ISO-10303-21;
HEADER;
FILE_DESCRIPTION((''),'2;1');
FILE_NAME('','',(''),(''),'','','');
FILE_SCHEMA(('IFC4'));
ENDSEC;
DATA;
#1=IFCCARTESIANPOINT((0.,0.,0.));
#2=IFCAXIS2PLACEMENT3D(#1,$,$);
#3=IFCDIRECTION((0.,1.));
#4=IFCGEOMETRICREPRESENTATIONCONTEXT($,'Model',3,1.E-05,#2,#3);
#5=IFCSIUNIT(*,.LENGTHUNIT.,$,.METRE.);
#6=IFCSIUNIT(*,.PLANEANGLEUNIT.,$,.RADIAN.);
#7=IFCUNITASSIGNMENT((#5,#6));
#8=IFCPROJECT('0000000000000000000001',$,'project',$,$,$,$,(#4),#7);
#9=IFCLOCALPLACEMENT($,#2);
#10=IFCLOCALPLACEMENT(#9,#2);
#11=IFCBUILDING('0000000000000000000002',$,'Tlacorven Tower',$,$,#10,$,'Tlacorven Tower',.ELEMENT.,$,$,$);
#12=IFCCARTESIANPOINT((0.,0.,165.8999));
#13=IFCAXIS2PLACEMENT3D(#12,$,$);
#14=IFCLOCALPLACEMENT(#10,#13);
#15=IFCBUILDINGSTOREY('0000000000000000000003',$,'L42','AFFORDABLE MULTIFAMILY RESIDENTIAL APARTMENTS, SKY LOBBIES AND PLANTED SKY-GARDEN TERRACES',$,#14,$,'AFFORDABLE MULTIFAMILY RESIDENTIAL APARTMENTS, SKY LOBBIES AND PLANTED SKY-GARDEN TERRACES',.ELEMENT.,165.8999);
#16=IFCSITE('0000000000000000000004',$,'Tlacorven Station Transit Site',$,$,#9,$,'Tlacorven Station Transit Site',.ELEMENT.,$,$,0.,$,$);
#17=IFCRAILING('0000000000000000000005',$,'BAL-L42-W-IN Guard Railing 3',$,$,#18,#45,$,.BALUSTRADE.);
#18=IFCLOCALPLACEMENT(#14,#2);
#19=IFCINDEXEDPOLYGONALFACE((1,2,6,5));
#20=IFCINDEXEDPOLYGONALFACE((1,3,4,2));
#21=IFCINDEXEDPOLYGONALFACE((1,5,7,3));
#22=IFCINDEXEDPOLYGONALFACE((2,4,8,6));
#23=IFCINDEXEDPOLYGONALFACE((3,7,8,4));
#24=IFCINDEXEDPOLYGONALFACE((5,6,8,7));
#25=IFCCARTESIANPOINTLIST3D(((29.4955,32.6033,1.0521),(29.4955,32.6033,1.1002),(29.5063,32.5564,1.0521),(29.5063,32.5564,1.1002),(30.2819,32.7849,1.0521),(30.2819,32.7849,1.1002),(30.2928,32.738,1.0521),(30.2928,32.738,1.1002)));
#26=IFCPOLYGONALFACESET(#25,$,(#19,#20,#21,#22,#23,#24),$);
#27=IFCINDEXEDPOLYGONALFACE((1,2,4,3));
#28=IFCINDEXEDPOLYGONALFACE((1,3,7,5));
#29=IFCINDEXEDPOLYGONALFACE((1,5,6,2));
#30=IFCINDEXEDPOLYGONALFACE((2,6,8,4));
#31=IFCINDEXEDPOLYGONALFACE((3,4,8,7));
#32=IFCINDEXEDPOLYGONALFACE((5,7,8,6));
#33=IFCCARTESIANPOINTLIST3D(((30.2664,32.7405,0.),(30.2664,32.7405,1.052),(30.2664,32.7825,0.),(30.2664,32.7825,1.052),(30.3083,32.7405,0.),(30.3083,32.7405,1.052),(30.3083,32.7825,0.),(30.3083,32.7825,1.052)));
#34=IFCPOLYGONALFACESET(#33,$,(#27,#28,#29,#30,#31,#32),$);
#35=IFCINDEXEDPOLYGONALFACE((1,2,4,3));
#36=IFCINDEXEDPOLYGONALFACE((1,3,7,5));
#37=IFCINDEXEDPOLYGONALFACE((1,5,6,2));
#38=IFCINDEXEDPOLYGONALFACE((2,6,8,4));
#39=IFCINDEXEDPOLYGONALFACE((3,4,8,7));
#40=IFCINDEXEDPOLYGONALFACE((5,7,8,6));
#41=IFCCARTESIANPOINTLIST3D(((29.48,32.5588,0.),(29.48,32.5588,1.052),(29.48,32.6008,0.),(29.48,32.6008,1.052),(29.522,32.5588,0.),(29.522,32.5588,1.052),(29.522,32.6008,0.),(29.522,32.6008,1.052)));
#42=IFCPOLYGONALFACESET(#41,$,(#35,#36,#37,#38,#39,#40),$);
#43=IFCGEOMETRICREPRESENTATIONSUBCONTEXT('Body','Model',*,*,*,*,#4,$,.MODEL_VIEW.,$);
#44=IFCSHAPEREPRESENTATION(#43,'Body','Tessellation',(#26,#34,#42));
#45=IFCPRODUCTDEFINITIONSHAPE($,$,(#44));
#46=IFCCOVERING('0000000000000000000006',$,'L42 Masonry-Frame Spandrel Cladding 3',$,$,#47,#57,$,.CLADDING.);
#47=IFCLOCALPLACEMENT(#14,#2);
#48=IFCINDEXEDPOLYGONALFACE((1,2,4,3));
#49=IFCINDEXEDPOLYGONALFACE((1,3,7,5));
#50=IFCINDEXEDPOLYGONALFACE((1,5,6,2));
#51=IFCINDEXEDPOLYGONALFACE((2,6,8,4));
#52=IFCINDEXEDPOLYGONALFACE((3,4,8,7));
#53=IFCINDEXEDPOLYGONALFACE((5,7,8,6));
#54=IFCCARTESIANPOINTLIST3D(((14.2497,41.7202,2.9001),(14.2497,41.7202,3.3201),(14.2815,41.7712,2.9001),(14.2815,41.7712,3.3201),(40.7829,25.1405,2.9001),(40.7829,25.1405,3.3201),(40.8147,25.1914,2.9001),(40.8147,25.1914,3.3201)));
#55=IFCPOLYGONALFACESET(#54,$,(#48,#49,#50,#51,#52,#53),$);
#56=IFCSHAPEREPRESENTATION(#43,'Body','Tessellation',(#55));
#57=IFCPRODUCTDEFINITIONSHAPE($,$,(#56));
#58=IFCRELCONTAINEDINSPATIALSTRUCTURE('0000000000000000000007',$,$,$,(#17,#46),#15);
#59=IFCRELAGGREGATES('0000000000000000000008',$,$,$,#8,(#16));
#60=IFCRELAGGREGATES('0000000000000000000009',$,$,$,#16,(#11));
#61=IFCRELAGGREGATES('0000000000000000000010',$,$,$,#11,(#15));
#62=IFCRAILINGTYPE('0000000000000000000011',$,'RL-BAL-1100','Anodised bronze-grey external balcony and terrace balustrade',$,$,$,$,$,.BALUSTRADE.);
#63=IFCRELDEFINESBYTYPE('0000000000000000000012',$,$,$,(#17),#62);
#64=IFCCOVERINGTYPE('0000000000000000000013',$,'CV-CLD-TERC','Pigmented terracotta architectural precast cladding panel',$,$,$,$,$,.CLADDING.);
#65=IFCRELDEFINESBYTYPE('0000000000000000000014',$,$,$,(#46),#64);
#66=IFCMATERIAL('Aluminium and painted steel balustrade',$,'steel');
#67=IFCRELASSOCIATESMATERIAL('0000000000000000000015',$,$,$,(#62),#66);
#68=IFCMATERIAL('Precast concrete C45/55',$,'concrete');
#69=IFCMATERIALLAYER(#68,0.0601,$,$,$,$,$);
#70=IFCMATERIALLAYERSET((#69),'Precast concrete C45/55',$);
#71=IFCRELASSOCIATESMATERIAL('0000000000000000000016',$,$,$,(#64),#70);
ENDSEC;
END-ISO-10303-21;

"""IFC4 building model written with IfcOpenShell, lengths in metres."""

from ifc_helpers import new_model, si_unit, direction, frame, origin, origin_2d, place, context, subcontext, project, spatial, rectangle, extrude, source, transform, mapped, material, layer, layer_set, type_object, element, save


model = new_model("IFC4")

# Units and contexts
model_context = context("Model", 3, precision=1e-05, world=origin(), true_north=direction((0.0, 1.0)))
body_context = subcontext(model_context, "Body", "Model", "MODEL_VIEW")
ifc_project = project(units=[si_unit("LENGTHUNIT", "METRE"), si_unit("PLANEANGLEUNIT", "RADIAN")], contexts=[model_context])

# Site, building, storey
site_placement = place(None, origin())
site = spatial("IfcSite", under=ifc_project, at=site_placement, Name="Tlacorven Station Transit Site", LongName="Tlacorven Station Transit Site", CompositionType="ELEMENT", RefElevation=0.0)
building_placement = place(site_placement, origin())
building = spatial("IfcBuilding", under=site, at=building_placement, Name="Tlacorven Tower", LongName="Tlacorven Tower", CompositionType="ELEMENT")
storey_placement = place(building_placement, frame((0.0, 0.0, 165.8999)))
storey = spatial("IfcBuildingStorey", under=building, at=storey_placement, Name="L42", Description="AFFORDABLE MULTIFAMILY RESIDENTIAL APARTMENTS, SKY LOBBIES AND PLANTED SKY-GARDEN TERRACES", LongName="AFFORDABLE MULTIFAMILY RESIDENTIAL APARTMENTS, SKY LOBBIES AND PLANTED SKY-GARDEN TERRACES", CompositionType="ELEMENT", Elevation=165.8999)

# Railing
ifc_material_1 = material(Name="Aluminium and painted steel balustrade", Category="steel")
railing_type = type_object("IfcRailingType", Name="RL-BAL-1100", Description="Anodised bronze-grey external balcony and terrace balustrade", PredefinedType="BALUSTRADE", material=ifc_material_1)
shared_shape_1 = source(origin(), body_context, "Body", "SweptSolid", [
    extrude(rectangle(XDim=0.0481, YDim=0.0481, at=origin_2d()), frame((0.0, 0.0, 1.0762), z_axis=(-0.974345, -0.225058, 0.0), x_axis=(0.225058, -0.974345, 0.0)), (0.0, 0.0, 1.0), 0.8071),
    extrude(rectangle(XDim=0.042, YDim=0.042, at=origin_2d()), origin(), (0.0, 0.0, 1.0), 1.052),
    extrude(rectangle(XDim=0.042, YDim=0.042, at=origin_2d()), frame((-0.7864, -0.1816, 0.0)), (0.0, 0.0, 1.0), 1.052),
])
railing_1_placement = place(storey_placement, frame((30.2874, 32.7615, 0.0)))
element("IfcRailing", 1, at=railing_1_placement, inside=storey, type_object=railing_type, Name="BAL-L42-W-IN Guard Railing 3", PredefinedType="BALUSTRADE", context=body_context, shape_type="MappedRepresentation", body=[
    mapped(shared_shape_1, transform((0.0, 0.0, 0.0), scale=1.0)),
])

# Covering
ifc_material_2 = material(Name="Precast concrete C45/55", Category="concrete")
ifc_layer_1 = layer(ifc_material_2, 0.0601)
ifc_layer_set_1 = layer_set([ifc_layer_1], Name="Precast concrete C45/55")
covering_type = type_object("IfcCoveringType", Name="CV-CLD-TERC", Description="Pigmented terracotta architectural precast cladding panel", PredefinedType="CLADDING", material=ifc_layer_set_1)
shared_shape_2 = source(origin(), body_context, "Body", "SweptSolid", [
    extrude(rectangle(XDim=31.2874, YDim=0.0601, at=origin_2d()), origin(), (0.0, 0.0, 1.0), 0.4199),
])
covering_placement = place(storey_placement, frame((27.5322, 33.4558, 2.9001), z_axis=(0.0, 0.0, 1.0), x_axis=(0.848048, -0.529919, 0.0)))
element("IfcCovering", 2, at=covering_placement, inside=storey, type_object=covering_type, Name="L42 Masonry-Frame Spandrel Cladding 3", PredefinedType="CLADDING", context=body_context, shape_type="MappedRepresentation", body=[
    mapped(shared_shape_2, transform((0.0, 0.0, 0.0), scale=1.0)),
])

save(model, "model.ifc")
